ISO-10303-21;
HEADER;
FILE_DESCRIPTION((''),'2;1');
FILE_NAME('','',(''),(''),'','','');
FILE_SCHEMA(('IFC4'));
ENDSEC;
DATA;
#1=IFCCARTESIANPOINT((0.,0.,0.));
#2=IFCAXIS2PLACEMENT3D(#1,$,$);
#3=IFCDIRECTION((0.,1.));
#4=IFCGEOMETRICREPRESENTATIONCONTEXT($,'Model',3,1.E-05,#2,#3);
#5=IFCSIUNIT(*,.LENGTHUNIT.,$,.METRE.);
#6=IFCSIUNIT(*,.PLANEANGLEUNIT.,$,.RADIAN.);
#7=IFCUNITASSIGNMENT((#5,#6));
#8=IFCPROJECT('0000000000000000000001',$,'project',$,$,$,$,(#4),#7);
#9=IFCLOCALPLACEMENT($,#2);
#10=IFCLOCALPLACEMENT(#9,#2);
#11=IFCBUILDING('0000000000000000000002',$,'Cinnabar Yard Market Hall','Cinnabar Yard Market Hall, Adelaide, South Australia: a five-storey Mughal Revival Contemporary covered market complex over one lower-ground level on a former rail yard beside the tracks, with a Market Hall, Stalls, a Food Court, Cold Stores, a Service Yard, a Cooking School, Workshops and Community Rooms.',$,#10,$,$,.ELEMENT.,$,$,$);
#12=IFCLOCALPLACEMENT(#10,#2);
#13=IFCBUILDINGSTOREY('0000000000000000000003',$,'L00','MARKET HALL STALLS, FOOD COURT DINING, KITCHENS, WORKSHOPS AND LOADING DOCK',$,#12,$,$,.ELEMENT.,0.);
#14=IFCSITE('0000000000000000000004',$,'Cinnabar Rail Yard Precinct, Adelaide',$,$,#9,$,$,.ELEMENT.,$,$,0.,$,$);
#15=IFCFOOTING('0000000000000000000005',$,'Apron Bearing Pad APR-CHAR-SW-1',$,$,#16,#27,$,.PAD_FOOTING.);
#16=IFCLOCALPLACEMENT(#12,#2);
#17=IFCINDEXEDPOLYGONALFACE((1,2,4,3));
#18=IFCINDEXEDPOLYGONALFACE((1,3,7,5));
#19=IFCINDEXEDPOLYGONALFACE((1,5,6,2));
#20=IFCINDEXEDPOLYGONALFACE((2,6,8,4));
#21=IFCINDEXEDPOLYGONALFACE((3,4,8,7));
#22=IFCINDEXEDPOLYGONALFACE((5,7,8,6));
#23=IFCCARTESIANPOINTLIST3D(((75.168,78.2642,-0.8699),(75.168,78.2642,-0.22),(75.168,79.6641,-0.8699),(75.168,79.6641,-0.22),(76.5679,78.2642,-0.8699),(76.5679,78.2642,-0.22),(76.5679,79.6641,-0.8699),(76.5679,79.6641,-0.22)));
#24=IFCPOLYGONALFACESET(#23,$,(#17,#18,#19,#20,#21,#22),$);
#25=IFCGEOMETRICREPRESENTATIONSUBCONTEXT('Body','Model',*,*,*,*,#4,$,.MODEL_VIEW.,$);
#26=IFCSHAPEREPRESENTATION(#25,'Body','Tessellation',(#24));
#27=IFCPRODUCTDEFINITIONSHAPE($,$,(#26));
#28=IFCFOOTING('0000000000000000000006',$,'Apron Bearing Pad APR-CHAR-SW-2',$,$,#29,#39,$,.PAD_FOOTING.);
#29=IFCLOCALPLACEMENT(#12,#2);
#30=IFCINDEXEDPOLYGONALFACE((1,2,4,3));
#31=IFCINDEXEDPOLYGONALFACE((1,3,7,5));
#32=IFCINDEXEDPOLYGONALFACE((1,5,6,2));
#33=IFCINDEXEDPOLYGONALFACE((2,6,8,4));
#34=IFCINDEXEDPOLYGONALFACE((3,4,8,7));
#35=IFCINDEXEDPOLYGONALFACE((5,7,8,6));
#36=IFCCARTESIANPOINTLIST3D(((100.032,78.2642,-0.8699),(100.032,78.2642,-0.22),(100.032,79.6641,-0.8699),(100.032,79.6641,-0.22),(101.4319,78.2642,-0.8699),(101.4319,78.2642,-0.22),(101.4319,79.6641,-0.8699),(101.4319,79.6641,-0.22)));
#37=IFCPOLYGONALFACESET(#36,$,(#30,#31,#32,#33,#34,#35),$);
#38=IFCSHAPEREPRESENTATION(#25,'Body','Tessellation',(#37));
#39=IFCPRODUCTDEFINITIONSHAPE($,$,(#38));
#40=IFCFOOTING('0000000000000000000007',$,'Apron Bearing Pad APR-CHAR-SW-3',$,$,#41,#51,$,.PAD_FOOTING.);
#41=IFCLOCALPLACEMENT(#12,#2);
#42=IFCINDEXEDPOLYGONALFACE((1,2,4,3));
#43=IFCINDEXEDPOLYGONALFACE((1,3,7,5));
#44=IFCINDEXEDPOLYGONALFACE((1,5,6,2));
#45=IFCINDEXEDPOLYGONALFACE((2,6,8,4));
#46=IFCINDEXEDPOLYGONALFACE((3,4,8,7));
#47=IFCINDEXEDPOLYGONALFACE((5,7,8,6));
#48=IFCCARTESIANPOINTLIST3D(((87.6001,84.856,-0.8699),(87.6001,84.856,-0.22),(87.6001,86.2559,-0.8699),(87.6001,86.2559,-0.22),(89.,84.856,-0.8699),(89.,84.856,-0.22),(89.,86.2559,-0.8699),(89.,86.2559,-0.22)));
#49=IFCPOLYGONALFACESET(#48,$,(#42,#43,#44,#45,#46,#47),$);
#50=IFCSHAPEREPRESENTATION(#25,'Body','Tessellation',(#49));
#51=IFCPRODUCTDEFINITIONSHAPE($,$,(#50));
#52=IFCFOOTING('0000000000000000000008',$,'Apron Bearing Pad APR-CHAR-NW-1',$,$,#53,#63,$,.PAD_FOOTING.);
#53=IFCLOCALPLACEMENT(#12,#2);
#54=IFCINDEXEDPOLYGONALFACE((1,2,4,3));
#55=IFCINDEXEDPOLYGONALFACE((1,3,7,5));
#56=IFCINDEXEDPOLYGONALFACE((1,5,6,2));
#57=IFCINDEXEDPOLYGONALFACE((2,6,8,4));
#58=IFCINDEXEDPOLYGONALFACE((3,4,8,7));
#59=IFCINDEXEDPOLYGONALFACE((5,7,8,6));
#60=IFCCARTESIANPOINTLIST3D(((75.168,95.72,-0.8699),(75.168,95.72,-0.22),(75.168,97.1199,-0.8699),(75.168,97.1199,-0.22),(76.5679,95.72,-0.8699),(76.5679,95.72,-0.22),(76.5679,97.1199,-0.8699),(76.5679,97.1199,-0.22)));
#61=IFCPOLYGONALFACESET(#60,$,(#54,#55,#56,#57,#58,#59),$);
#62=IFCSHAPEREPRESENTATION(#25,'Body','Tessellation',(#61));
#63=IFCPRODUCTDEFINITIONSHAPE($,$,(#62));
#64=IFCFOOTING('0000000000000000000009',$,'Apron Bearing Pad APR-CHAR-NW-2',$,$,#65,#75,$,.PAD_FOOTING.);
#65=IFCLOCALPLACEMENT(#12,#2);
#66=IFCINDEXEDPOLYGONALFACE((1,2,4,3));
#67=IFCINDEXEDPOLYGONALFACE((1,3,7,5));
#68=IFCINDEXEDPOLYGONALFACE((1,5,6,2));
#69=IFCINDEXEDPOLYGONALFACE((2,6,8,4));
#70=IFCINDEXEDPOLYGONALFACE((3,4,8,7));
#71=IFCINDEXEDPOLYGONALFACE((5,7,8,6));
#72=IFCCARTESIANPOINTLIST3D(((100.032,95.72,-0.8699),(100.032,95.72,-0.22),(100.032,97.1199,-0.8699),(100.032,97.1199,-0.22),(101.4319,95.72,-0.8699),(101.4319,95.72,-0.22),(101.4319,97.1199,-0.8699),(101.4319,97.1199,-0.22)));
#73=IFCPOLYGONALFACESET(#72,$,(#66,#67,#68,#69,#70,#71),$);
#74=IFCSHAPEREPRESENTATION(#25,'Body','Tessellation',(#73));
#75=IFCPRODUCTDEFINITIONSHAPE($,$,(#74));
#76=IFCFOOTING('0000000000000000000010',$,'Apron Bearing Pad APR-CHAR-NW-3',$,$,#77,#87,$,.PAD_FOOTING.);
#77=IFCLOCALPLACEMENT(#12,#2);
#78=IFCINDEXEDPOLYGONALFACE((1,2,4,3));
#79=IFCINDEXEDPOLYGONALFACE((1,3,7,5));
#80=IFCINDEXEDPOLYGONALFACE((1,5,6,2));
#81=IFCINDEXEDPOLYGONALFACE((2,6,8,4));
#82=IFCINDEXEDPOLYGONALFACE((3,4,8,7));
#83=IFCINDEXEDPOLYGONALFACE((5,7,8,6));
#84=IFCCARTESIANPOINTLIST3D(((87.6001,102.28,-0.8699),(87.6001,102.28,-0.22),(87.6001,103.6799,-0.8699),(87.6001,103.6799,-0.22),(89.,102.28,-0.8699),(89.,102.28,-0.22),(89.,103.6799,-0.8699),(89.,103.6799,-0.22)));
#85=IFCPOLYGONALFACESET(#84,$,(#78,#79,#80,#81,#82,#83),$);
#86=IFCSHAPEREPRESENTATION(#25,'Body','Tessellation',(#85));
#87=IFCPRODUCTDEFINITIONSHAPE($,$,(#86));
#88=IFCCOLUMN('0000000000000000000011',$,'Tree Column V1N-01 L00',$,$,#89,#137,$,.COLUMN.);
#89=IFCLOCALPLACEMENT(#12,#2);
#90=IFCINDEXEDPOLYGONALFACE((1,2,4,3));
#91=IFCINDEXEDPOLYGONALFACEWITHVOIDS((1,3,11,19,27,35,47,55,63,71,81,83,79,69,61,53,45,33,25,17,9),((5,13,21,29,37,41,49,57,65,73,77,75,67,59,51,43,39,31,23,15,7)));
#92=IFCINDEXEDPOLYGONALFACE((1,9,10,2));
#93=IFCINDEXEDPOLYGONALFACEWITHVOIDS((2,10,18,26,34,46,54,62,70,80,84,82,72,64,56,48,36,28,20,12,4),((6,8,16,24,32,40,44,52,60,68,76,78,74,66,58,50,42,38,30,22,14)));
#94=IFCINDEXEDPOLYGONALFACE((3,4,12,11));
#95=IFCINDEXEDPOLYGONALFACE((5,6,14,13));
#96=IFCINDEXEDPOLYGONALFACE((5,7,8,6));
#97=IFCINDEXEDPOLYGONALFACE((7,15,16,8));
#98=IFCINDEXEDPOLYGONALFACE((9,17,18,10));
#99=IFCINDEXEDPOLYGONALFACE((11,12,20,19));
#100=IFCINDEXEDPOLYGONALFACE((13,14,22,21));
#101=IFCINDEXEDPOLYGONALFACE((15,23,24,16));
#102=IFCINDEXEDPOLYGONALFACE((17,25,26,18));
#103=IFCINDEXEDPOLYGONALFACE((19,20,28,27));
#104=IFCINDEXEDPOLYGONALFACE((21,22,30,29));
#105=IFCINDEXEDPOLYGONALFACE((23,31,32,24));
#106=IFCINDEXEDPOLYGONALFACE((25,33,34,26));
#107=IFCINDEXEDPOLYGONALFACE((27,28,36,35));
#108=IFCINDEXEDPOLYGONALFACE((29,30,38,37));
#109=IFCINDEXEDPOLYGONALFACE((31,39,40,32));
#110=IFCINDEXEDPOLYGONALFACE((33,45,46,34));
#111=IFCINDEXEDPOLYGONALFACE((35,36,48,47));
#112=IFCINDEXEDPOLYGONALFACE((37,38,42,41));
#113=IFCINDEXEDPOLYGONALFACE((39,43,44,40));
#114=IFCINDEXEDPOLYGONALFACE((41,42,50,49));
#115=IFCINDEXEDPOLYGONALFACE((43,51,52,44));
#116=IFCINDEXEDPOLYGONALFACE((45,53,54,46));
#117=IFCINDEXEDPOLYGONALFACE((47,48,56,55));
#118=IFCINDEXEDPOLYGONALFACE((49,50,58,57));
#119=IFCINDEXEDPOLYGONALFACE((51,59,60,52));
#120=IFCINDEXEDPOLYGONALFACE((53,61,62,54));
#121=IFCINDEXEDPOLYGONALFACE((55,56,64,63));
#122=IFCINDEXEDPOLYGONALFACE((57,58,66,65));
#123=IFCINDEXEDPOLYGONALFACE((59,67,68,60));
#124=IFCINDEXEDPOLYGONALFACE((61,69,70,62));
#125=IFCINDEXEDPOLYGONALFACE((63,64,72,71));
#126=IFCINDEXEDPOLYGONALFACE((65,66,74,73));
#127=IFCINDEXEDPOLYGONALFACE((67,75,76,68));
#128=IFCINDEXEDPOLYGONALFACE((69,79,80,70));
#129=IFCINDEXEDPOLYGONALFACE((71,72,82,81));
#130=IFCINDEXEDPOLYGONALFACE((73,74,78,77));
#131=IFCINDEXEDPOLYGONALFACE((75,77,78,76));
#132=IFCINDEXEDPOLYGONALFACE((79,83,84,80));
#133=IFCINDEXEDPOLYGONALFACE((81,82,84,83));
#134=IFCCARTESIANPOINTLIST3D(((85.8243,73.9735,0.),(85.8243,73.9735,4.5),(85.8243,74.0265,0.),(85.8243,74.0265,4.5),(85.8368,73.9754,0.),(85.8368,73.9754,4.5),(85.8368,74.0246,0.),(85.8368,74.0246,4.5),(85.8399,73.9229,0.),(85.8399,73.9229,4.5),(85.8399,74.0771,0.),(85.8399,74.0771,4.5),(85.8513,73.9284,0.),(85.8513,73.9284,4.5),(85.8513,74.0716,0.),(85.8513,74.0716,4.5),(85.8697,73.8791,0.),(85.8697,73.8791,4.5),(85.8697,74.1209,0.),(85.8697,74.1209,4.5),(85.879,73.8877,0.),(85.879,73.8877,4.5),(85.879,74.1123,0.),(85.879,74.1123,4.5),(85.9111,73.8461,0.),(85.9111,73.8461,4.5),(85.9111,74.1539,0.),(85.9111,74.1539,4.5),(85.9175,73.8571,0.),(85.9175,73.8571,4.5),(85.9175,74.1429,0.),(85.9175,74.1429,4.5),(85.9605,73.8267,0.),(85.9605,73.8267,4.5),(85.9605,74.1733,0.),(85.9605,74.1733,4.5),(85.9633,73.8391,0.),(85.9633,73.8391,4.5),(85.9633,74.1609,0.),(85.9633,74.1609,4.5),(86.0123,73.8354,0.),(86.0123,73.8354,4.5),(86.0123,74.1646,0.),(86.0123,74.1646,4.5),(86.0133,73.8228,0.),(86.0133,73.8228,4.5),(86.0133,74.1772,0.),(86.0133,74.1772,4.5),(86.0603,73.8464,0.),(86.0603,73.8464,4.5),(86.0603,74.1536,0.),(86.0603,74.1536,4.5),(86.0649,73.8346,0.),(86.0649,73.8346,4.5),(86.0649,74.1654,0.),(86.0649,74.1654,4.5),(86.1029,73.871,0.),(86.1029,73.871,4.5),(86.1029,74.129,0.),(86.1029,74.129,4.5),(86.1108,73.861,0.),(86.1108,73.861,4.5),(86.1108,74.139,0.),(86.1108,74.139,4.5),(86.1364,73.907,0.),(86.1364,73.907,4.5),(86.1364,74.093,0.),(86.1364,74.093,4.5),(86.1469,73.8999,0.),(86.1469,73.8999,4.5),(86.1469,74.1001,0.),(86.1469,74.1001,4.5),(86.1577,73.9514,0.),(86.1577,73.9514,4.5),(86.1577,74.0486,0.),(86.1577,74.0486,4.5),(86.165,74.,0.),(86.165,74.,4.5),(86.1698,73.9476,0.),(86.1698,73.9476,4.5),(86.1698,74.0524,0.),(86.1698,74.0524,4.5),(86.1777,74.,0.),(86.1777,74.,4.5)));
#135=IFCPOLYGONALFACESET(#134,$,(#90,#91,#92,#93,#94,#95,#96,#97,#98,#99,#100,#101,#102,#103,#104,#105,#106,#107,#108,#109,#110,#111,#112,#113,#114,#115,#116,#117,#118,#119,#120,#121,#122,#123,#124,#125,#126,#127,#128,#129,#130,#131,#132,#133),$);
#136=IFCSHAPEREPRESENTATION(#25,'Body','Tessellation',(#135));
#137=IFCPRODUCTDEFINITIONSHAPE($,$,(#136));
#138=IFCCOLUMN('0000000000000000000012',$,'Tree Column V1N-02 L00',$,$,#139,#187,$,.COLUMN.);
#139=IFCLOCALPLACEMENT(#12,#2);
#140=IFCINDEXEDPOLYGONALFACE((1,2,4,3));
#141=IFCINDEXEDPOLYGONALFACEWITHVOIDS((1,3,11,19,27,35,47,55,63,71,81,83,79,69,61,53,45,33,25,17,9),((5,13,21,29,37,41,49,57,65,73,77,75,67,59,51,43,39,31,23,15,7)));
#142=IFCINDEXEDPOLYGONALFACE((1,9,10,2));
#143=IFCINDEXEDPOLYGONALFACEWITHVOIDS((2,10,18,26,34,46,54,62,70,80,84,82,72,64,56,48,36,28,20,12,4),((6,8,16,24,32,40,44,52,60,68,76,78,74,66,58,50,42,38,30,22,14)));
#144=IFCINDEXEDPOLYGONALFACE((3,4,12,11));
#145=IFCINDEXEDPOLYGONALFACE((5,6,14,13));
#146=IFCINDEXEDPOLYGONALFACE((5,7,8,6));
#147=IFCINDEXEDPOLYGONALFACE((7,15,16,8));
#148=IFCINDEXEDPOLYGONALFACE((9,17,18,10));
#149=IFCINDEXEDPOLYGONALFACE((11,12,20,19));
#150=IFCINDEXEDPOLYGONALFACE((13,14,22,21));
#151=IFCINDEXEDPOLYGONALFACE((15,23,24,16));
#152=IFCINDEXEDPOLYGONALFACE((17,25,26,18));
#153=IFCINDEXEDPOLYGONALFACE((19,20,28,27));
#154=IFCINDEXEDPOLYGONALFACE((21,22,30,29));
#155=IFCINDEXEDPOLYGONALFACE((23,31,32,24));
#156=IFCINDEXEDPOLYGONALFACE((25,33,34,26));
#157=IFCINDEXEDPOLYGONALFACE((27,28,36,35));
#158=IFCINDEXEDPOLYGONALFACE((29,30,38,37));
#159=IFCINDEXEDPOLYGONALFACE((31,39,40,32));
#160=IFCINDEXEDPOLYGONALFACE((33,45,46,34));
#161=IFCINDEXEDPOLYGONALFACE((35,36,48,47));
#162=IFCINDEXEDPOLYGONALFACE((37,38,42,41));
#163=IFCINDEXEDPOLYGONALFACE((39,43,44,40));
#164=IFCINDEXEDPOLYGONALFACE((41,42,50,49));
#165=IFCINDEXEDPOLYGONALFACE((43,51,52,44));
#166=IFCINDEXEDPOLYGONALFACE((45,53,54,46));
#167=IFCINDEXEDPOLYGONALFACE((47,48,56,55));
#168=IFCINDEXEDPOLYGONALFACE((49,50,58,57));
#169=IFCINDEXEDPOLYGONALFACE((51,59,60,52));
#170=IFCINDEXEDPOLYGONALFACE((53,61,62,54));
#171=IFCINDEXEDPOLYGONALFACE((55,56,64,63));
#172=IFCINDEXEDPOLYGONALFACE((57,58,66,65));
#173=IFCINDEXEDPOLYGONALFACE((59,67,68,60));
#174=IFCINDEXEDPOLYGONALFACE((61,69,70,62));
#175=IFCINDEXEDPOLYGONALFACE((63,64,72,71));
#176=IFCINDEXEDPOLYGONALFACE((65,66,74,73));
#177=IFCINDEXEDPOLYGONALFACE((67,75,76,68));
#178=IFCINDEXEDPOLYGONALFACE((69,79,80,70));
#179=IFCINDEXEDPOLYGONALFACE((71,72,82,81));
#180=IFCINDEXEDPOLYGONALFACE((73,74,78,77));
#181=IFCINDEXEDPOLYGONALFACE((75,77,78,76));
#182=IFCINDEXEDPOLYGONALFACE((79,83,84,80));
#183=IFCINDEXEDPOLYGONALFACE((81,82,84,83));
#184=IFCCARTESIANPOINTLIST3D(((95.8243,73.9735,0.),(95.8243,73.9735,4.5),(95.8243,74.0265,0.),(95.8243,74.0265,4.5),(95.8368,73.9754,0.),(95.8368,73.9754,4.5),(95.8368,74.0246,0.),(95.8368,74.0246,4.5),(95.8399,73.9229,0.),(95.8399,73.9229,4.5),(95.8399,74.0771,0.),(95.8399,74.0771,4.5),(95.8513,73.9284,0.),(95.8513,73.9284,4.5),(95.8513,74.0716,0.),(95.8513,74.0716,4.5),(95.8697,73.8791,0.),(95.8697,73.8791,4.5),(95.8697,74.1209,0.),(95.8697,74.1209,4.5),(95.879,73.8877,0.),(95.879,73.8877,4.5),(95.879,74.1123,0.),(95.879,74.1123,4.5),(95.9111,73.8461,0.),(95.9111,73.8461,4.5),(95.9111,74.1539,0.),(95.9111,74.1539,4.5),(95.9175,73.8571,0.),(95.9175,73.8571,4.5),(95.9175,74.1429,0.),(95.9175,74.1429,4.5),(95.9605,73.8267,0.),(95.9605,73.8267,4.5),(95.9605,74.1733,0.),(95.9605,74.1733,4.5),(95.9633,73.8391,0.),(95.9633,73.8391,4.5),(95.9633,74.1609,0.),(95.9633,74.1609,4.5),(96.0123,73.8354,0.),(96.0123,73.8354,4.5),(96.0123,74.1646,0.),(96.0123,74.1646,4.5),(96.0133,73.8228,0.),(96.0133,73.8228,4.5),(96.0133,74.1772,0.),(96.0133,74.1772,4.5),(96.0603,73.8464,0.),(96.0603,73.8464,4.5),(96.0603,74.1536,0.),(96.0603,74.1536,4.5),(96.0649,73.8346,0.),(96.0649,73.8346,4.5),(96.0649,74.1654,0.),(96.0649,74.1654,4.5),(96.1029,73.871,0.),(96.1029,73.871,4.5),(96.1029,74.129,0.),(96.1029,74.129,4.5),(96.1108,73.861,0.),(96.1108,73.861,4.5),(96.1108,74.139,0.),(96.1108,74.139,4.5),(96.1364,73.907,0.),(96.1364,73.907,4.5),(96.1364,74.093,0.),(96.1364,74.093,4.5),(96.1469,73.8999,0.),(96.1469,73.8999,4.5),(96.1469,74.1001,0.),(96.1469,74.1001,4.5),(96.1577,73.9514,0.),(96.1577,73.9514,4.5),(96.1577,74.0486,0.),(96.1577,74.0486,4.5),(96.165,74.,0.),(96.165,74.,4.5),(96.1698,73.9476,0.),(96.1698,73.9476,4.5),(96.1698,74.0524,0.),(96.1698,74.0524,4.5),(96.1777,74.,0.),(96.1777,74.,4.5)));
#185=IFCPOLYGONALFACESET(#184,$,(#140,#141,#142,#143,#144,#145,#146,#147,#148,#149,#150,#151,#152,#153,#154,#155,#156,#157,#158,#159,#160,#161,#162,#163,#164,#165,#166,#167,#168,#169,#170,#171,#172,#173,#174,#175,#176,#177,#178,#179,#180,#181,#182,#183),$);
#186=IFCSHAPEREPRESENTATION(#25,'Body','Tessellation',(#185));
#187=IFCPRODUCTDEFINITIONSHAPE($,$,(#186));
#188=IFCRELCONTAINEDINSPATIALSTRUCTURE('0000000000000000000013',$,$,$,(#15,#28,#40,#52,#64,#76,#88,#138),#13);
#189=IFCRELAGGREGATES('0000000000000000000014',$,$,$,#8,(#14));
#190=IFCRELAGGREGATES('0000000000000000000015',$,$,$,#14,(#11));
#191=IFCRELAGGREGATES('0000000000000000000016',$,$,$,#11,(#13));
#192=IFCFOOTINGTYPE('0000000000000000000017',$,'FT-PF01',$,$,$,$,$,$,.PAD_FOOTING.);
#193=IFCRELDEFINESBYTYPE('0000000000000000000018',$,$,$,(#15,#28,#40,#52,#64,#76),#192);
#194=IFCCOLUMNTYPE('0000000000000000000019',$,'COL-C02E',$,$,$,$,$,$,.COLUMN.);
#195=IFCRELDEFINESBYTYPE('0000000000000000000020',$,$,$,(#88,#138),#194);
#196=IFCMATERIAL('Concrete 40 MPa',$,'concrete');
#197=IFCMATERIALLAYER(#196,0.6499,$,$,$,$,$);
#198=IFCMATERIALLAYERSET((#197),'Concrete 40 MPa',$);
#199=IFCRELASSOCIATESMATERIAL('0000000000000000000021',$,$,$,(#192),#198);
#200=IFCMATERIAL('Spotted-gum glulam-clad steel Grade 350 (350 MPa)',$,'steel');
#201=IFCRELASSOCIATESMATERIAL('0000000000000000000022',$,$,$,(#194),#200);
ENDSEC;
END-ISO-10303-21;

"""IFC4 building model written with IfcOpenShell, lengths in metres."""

from ifc_helpers import new_model, si_unit, direction, frame, origin, origin_2d_with_axis, place, context, subcontext, project, spatial, rectangle, hollow_circle, extrude, material, layer, layer_set, material_profile, profile_set, type_object, element, save


model = new_model("IFC4")

# Units and contexts
model_context = context("Model", 3, precision=1e-05, world=origin(), true_north=direction((0.0, 1.0)))
body_context = subcontext(model_context, "Body", "Model", "MODEL_VIEW")
ifc_project = project(units=[si_unit("LENGTHUNIT", "METRE"), si_unit("PLANEANGLEUNIT", "RADIAN")], contexts=[model_context])

# Site, building, storey
site_placement = place(None, origin())
site = spatial("IfcSite", under=ifc_project, at=site_placement, Name="Cinnabar Rail Yard Precinct, Adelaide", CompositionType="ELEMENT", RefElevation=0.0)
building_placement = place(site_placement, origin())
building = spatial("IfcBuilding", under=site, at=building_placement, Name="Cinnabar Yard Market Hall", Description="Cinnabar Yard Market Hall, Adelaide, South Australia: a five-storey Mughal Revival Contemporary covered market complex over one lower-ground level on a former rail yard beside the tracks, with a Market Hall, Stalls, a Food Court, Cold Stores, a Service Yard, a Cooking School, Workshops and Community Rooms.", CompositionType="ELEMENT")
storey_placement = place(building_placement, origin())
storey = spatial("IfcBuildingStorey", under=building, at=storey_placement, Name="L00", Description="MARKET HALL STALLS, FOOD COURT DINING, KITCHENS, WORKSHOPS AND LOADING DOCK", CompositionType="ELEMENT", Elevation=0.0)

# Footings
ifc_material_1 = material(Name="Concrete 40 MPa", Category="concrete")
ifc_layer_1 = layer(ifc_material_1, 0.6499)
ifc_layer_set_1 = layer_set([ifc_layer_1], Name="Concrete 40 MPa")
footing_type = type_object("IfcFootingType", Name="FT-PF01", PredefinedType="PAD_FOOTING", material=ifc_layer_set_1)
for number, where, z_axis, x_axis, name in (
    (1, (75.8679, 78.9641, -0.8699), (0.0, 0.0, 1.0), (1.0, 0.0, 0.0), "Apron Bearing Pad APR-CHAR-SW-1"),
    (2, (100.7319, 78.9641, -0.8699), (0.0, 0.0, 1.0), (1.0, 0.0, 0.0), "Apron Bearing Pad APR-CHAR-SW-2"),
    (3, (88.3, 85.5559, -0.8699), (0.0, 0.0, 1.0), (1.0, 0.0, 0.0), "Apron Bearing Pad APR-CHAR-SW-3"),
    (4, (75.8679, 96.4199, -0.8699), (0.0, 0.0, 1.0), (1.0, 0.0, 0.0), "Apron Bearing Pad APR-CHAR-NW-1"),
    (5, (100.7319, 96.4199, -0.8699), (0.0, 0.0, 1.0), (1.0, 0.0, 0.0), "Apron Bearing Pad APR-CHAR-NW-2"),
    (6, (88.3, 102.98, -0.8699), (0.0, 0.0, 1.0), (1.0, 0.0, 0.0), "Apron Bearing Pad APR-CHAR-NW-3"),
):
    element("IfcFooting", number, at=place(storey_placement, frame(where, z_axis=z_axis, x_axis=x_axis)), inside=storey, type_object=footing_type, Name=name, PredefinedType="PAD_FOOTING", context=body_context, shape_type="SweptSolid", body=[
        extrude(rectangle(XDim=1.3999, YDim=1.3999, at=origin_2d_with_axis()), origin(), (0.0, 0.0, 1.0), 0.6499),
    ])

# Columns
ifc_material_2 = material(Name="Spotted-gum glulam-clad steel Grade 350 (350 MPa)", Category="steel")
ifc_material_profile_1 = material_profile(ifc_material_2, hollow_circle(Radius=0.1777, WallThickness=0.0127, at=origin_2d_with_axis()), Name="355.6x12.7CHS")
ifc_profile_set_1 = profile_set([ifc_material_profile_1], Name="Spotted-gum glulam-clad steel Grade 350 (350 MPa)")
column_type_1 = type_object("IfcColumnType", Name="COL-C02E", PredefinedType="COLUMN", material=ifc_profile_set_1)
for number, where, z_axis, x_axis, name in (
    (7, (86.0, 74.0, 0.0), (0.0, 0.0, 1.0), (1.0, 0.0, 0.0), "Tree Column V1N-01 L00"),
    (8, (96.0, 74.0, 0.0), (0.0, 0.0, 1.0), (1.0, 0.0, 0.0), "Tree Column V1N-02 L00"),
):
    element("IfcColumn", number, at=place(storey_placement, frame(where, z_axis=z_axis, x_axis=x_axis)), inside=storey, type_object=column_type_1, Name=name, PredefinedType="COLUMN", context=body_context, shape_type="SweptSolid", body=[
        extrude(hollow_circle(Radius=0.1777, WallThickness=0.0127, at=origin_2d_with_axis()), origin(), (0.0, 0.0, 1.0), 4.5),
    ])

save(model, "model.ifc")
